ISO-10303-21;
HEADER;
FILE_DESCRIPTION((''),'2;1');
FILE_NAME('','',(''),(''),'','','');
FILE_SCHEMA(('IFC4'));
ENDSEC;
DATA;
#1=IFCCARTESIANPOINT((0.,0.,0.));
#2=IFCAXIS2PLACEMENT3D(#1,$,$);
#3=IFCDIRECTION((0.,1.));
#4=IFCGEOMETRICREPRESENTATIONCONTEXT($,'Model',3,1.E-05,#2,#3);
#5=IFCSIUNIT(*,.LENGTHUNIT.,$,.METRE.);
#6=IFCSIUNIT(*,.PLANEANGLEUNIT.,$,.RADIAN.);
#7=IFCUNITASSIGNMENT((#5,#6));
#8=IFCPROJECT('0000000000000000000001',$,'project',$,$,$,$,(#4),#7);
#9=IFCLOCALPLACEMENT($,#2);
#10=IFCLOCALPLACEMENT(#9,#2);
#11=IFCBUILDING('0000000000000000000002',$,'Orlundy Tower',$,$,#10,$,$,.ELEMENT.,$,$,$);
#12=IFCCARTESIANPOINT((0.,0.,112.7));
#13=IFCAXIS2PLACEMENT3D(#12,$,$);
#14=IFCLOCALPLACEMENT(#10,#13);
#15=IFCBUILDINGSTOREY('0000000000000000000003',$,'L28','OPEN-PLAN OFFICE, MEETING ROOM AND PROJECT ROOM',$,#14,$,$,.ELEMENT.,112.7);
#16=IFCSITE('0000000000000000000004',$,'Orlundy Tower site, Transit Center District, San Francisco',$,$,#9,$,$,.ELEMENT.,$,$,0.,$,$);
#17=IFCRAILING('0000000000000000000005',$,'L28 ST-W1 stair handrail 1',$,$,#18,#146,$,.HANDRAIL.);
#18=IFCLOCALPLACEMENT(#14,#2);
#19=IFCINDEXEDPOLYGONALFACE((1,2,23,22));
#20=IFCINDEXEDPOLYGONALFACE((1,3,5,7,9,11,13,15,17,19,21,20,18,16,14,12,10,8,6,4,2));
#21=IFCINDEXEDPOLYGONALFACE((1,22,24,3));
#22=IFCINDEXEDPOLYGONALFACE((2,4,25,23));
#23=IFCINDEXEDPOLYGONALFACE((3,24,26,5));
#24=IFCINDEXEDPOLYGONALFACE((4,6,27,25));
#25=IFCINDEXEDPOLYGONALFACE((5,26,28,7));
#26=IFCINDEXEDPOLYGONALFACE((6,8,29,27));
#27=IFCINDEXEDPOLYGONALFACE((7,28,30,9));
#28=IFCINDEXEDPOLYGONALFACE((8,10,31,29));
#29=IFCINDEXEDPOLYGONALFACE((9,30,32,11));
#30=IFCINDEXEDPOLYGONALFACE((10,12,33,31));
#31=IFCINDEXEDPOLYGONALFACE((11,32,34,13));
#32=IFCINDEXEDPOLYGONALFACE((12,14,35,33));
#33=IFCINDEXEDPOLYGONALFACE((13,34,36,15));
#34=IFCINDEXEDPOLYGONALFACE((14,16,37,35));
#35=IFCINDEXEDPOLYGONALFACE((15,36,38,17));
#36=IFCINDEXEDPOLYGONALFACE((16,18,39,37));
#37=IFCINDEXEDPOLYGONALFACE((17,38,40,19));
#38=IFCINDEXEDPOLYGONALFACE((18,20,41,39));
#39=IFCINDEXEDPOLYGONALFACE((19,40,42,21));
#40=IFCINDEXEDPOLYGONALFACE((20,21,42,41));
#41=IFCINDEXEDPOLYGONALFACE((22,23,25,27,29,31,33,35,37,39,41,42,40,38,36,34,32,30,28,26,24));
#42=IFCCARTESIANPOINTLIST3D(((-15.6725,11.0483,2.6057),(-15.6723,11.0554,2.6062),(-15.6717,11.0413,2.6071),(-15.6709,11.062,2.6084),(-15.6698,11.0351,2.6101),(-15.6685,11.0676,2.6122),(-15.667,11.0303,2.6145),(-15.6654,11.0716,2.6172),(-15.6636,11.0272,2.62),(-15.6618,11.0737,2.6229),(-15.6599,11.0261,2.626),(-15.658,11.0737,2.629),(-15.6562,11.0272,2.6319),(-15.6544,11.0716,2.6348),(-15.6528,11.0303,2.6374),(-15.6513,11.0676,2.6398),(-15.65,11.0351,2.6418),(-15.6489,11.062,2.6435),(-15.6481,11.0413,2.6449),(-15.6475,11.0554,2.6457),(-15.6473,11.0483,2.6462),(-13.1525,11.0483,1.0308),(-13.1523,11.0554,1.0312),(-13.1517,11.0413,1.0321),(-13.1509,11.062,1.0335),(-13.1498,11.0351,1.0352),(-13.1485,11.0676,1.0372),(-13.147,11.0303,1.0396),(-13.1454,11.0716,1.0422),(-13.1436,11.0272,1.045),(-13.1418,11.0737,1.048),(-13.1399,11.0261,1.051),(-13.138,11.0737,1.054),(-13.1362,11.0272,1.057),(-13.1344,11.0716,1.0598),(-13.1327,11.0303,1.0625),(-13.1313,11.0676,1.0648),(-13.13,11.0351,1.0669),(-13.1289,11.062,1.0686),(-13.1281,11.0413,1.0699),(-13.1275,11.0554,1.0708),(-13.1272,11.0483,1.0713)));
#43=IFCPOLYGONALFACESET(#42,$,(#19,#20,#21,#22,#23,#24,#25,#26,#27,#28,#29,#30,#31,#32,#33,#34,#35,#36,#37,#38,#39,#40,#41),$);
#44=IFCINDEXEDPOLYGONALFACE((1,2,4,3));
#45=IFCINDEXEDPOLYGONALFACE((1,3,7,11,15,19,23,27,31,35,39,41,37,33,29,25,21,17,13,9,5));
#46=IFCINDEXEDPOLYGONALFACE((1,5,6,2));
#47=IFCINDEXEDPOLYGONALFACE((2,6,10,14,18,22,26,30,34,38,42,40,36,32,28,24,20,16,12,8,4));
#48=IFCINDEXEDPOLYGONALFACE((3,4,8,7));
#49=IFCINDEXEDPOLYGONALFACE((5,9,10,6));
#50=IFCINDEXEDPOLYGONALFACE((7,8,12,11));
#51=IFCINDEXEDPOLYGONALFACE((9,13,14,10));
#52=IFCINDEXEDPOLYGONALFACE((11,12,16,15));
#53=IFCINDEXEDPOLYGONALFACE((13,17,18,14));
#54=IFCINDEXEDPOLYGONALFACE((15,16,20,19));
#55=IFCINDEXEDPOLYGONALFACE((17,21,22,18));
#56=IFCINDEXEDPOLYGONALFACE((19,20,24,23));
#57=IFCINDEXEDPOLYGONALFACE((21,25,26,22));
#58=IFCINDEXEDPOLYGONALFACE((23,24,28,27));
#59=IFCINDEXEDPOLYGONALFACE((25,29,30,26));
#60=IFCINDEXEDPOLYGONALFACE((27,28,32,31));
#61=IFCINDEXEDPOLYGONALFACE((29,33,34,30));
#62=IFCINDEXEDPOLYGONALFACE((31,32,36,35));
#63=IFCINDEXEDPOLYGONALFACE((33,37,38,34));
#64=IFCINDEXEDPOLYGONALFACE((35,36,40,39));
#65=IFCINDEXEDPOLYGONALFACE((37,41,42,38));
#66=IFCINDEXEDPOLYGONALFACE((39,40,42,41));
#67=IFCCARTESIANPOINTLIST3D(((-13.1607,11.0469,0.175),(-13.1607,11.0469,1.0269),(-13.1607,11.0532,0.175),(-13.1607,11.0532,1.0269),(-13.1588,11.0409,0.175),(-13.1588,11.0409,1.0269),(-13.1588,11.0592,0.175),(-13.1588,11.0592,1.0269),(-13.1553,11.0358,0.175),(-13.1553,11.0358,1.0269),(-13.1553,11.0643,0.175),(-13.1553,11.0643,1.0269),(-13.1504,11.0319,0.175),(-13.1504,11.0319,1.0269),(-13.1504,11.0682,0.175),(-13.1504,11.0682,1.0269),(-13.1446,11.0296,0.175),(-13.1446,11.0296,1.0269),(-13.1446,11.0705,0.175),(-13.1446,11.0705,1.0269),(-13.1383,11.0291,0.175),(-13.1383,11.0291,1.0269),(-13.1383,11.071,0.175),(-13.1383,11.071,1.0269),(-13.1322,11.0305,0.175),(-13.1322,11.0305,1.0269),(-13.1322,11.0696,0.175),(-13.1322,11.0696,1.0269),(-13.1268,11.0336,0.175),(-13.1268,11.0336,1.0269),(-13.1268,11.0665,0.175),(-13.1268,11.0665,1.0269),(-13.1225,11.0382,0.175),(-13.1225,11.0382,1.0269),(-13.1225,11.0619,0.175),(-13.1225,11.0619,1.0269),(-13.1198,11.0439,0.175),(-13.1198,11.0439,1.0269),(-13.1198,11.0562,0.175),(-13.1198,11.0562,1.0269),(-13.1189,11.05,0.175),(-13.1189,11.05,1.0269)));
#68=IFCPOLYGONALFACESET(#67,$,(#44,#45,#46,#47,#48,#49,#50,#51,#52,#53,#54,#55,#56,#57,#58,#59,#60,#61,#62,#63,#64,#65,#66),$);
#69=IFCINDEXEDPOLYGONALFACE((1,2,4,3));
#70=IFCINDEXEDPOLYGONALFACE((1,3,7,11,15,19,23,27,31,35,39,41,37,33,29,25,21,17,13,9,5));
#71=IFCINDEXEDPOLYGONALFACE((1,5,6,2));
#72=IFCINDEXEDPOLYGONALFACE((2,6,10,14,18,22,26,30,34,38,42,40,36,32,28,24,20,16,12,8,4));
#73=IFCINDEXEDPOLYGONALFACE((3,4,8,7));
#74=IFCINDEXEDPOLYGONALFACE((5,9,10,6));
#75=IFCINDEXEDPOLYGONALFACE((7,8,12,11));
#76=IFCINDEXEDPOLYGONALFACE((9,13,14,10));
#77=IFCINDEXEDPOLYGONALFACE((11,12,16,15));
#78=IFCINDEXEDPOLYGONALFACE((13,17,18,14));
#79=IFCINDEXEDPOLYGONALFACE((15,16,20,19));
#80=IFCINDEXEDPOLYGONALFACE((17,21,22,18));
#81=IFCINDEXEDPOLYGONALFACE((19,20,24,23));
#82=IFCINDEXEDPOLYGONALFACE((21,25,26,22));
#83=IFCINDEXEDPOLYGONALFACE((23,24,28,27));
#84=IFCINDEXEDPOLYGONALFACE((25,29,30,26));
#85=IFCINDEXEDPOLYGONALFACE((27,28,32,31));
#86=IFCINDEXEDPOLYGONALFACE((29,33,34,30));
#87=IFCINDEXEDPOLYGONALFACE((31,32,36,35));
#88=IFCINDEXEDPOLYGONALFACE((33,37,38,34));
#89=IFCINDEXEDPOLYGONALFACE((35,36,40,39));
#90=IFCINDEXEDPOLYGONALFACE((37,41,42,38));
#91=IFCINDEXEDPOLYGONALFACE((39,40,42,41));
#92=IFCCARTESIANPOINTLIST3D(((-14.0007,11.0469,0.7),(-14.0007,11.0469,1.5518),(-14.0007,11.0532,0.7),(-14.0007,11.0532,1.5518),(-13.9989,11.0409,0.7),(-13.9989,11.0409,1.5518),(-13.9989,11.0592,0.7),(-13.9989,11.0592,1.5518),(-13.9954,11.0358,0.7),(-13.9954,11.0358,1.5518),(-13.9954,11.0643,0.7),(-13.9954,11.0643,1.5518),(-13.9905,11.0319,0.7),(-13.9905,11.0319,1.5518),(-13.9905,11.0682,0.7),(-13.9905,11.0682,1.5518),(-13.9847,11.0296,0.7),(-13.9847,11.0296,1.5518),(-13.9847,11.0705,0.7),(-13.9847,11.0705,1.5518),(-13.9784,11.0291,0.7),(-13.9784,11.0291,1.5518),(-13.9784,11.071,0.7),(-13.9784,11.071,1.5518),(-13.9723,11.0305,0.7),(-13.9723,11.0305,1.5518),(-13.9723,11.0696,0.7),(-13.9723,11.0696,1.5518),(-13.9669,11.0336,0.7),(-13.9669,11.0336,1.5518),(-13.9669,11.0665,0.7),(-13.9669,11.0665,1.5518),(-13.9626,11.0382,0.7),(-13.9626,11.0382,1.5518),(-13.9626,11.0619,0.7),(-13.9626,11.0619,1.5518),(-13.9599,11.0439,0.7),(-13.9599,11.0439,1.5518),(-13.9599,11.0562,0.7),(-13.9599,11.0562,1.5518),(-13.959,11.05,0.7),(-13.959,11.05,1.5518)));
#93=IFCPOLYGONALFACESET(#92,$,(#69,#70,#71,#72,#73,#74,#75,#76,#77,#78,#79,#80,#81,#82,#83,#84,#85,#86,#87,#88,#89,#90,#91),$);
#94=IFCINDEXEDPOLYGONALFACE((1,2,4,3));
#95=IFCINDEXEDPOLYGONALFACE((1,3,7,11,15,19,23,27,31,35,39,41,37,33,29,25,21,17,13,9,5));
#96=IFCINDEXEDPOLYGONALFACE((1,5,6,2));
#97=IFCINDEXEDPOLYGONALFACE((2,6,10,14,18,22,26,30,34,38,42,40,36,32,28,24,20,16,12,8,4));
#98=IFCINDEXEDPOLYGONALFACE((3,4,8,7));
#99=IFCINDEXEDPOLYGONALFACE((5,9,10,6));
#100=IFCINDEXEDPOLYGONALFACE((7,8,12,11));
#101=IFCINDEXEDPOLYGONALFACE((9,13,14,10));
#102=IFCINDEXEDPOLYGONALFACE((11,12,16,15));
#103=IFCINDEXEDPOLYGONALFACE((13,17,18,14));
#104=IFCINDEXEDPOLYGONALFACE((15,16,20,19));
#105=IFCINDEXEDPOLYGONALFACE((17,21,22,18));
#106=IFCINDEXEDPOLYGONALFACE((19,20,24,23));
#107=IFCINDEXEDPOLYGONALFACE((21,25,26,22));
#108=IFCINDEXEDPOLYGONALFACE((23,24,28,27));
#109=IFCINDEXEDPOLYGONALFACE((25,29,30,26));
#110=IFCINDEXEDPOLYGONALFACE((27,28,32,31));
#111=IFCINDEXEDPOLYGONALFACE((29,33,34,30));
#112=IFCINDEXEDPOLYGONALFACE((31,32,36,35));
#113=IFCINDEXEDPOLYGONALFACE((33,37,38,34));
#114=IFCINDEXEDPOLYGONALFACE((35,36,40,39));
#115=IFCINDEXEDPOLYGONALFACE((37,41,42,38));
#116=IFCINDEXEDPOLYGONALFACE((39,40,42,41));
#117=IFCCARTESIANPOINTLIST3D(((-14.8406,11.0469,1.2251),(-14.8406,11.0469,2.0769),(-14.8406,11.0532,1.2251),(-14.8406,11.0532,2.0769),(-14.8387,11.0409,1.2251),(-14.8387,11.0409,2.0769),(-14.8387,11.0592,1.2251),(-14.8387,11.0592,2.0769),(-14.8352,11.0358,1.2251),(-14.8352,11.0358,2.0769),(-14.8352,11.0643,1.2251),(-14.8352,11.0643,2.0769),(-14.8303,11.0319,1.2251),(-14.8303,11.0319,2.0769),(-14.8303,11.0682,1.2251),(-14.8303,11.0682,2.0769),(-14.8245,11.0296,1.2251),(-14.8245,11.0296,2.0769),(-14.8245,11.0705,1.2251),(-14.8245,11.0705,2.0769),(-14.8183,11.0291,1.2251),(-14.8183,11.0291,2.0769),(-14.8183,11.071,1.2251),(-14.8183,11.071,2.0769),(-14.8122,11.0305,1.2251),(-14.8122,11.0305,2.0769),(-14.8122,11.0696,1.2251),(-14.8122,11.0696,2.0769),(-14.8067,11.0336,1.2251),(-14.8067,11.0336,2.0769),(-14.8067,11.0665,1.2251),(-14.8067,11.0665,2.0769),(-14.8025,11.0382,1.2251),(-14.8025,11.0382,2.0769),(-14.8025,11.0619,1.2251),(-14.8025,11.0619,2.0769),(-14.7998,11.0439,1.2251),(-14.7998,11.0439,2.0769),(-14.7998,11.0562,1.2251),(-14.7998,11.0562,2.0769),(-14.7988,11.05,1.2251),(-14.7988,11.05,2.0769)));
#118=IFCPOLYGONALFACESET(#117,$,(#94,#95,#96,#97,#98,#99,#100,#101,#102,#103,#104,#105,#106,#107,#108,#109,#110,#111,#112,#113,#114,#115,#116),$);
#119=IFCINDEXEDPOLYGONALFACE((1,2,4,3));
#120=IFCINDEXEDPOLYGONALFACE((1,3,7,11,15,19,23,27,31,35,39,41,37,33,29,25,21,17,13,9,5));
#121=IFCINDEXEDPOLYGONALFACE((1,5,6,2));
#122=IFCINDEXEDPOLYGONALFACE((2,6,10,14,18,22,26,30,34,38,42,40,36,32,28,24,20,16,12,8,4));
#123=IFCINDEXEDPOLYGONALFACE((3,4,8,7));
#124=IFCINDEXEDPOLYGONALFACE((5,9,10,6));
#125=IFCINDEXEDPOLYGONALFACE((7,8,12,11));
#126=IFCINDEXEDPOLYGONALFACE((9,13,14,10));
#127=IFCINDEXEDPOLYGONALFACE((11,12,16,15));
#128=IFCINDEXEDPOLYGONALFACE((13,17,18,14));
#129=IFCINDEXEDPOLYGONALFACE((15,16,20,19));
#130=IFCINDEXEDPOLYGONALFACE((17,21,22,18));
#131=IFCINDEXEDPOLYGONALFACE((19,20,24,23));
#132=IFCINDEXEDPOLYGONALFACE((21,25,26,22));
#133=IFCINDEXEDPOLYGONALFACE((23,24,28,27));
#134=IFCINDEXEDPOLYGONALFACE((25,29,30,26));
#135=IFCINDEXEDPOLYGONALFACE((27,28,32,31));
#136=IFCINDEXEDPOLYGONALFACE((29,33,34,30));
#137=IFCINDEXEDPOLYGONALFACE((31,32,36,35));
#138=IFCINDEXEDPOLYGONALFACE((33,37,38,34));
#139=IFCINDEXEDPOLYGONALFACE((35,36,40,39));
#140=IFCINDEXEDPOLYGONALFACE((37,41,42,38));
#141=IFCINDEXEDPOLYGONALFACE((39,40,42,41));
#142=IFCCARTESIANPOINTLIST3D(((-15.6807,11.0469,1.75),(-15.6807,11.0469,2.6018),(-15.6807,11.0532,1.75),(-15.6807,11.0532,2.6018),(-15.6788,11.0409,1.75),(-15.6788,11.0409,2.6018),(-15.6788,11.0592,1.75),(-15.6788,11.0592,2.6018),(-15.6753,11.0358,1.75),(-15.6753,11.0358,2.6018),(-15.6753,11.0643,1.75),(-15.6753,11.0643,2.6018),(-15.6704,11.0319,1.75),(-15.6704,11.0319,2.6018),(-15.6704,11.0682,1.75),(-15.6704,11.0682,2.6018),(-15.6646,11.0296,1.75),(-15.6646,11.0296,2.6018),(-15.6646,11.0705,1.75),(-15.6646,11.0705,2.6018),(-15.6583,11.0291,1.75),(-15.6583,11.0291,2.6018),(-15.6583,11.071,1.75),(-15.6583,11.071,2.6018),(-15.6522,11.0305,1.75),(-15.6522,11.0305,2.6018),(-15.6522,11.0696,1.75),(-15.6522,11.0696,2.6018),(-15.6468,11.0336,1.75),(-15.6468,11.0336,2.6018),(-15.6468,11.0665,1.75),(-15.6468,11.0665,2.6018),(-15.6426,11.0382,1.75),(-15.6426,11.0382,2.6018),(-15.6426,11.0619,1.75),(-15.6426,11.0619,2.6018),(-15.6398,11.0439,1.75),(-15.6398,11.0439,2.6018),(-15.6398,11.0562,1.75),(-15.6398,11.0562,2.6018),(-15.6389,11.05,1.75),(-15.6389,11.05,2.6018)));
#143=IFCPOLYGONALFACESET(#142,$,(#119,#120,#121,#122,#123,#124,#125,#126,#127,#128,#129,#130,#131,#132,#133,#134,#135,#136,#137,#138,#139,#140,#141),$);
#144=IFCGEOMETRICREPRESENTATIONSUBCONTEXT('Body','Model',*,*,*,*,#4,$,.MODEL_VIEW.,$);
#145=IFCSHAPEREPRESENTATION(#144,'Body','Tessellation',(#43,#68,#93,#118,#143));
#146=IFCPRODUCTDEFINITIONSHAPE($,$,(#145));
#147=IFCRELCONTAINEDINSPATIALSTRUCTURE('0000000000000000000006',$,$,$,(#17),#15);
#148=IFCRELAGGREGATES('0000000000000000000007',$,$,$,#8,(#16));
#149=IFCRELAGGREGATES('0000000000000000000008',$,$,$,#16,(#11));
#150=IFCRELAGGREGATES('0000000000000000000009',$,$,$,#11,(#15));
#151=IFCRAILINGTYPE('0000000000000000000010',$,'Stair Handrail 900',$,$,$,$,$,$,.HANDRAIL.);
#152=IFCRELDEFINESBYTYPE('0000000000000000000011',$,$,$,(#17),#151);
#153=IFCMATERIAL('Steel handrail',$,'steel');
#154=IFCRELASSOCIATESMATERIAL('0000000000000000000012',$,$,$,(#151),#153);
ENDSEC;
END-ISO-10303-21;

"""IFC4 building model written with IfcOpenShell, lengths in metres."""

from ifc_helpers import new_model, si_unit, direction, frame, origin, origin_2d, place, context, subcontext, project, spatial, circle, extrude, material, type_object, element, save


model = new_model("IFC4")

# Units and contexts
model_context = context("Model", 3, precision=1e-05, world=origin(), true_north=direction((0.0, 1.0)))
body_context = subcontext(model_context, "Body", "Model", "MODEL_VIEW")
ifc_project = project(units=[si_unit("LENGTHUNIT", "METRE"), si_unit("PLANEANGLEUNIT", "RADIAN")], contexts=[model_context])

# Site, building, storey
site_placement = place(None, origin())
site = spatial("IfcSite", under=ifc_project, at=site_placement, Name="Orlundy Tower site, Transit Center District, San Francisco", CompositionType="ELEMENT", RefElevation=0.0)
building_placement = place(site_placement, origin())
building = spatial("IfcBuilding", under=site, at=building_placement, Name="Orlundy Tower", CompositionType="ELEMENT")
storey_placement = place(building_placement, frame((0.0, 0.0, 112.7)))
storey = spatial("IfcBuildingStorey", under=building, at=storey_placement, Name="L28", Description="OPEN-PLAN OFFICE, MEETING ROOM AND PROJECT ROOM", CompositionType="ELEMENT", Elevation=112.7)

# Railing
ifc_material_1 = material(Name="Steel handrail", Category="steel")
railing_type_1 = type_object("IfcRailingType", Name="Stair Handrail 900", PredefinedType="HANDRAIL", material=ifc_material_1)
railing_1_placement = place(storey_placement, frame((-13.1399, 11.05, 0.175)))
element("IfcRailing", 1, at=railing_1_placement, inside=storey, type_object=railing_type_1, Name="L28 ST-W1 stair handrail 1", PredefinedType="HANDRAIL", context=body_context, shape_type="SweptSolid", body=[
    extrude(circle(Radius=0.0239, at=origin_2d()), frame((0.0, 0.0, 0.876), z_axis=(-0.848008, 0.0, 0.529984), x_axis=(0.0, -1.0, 0.0)), (0.0, 0.0, 1.0), 2.9717),
    extrude(circle(Radius=0.021, at=origin_2d()), origin(), (0.0, 0.0, 1.0), 0.8518),
    extrude(circle(Radius=0.021, at=origin_2d()), frame((-0.8401, 0.0, 0.5249)), (0.0, 0.0, 1.0), 0.8518),
    extrude(circle(Radius=0.021, at=origin_2d()), frame((-1.6799, 0.0, 1.05)), (0.0, 0.0, 1.0), 0.8518),
    extrude(circle(Radius=0.021, at=origin_2d()), frame((-2.52, 0.0, 1.575)), (0.0, 0.0, 1.0), 0.8518),
])

save(model, "model.ifc")
